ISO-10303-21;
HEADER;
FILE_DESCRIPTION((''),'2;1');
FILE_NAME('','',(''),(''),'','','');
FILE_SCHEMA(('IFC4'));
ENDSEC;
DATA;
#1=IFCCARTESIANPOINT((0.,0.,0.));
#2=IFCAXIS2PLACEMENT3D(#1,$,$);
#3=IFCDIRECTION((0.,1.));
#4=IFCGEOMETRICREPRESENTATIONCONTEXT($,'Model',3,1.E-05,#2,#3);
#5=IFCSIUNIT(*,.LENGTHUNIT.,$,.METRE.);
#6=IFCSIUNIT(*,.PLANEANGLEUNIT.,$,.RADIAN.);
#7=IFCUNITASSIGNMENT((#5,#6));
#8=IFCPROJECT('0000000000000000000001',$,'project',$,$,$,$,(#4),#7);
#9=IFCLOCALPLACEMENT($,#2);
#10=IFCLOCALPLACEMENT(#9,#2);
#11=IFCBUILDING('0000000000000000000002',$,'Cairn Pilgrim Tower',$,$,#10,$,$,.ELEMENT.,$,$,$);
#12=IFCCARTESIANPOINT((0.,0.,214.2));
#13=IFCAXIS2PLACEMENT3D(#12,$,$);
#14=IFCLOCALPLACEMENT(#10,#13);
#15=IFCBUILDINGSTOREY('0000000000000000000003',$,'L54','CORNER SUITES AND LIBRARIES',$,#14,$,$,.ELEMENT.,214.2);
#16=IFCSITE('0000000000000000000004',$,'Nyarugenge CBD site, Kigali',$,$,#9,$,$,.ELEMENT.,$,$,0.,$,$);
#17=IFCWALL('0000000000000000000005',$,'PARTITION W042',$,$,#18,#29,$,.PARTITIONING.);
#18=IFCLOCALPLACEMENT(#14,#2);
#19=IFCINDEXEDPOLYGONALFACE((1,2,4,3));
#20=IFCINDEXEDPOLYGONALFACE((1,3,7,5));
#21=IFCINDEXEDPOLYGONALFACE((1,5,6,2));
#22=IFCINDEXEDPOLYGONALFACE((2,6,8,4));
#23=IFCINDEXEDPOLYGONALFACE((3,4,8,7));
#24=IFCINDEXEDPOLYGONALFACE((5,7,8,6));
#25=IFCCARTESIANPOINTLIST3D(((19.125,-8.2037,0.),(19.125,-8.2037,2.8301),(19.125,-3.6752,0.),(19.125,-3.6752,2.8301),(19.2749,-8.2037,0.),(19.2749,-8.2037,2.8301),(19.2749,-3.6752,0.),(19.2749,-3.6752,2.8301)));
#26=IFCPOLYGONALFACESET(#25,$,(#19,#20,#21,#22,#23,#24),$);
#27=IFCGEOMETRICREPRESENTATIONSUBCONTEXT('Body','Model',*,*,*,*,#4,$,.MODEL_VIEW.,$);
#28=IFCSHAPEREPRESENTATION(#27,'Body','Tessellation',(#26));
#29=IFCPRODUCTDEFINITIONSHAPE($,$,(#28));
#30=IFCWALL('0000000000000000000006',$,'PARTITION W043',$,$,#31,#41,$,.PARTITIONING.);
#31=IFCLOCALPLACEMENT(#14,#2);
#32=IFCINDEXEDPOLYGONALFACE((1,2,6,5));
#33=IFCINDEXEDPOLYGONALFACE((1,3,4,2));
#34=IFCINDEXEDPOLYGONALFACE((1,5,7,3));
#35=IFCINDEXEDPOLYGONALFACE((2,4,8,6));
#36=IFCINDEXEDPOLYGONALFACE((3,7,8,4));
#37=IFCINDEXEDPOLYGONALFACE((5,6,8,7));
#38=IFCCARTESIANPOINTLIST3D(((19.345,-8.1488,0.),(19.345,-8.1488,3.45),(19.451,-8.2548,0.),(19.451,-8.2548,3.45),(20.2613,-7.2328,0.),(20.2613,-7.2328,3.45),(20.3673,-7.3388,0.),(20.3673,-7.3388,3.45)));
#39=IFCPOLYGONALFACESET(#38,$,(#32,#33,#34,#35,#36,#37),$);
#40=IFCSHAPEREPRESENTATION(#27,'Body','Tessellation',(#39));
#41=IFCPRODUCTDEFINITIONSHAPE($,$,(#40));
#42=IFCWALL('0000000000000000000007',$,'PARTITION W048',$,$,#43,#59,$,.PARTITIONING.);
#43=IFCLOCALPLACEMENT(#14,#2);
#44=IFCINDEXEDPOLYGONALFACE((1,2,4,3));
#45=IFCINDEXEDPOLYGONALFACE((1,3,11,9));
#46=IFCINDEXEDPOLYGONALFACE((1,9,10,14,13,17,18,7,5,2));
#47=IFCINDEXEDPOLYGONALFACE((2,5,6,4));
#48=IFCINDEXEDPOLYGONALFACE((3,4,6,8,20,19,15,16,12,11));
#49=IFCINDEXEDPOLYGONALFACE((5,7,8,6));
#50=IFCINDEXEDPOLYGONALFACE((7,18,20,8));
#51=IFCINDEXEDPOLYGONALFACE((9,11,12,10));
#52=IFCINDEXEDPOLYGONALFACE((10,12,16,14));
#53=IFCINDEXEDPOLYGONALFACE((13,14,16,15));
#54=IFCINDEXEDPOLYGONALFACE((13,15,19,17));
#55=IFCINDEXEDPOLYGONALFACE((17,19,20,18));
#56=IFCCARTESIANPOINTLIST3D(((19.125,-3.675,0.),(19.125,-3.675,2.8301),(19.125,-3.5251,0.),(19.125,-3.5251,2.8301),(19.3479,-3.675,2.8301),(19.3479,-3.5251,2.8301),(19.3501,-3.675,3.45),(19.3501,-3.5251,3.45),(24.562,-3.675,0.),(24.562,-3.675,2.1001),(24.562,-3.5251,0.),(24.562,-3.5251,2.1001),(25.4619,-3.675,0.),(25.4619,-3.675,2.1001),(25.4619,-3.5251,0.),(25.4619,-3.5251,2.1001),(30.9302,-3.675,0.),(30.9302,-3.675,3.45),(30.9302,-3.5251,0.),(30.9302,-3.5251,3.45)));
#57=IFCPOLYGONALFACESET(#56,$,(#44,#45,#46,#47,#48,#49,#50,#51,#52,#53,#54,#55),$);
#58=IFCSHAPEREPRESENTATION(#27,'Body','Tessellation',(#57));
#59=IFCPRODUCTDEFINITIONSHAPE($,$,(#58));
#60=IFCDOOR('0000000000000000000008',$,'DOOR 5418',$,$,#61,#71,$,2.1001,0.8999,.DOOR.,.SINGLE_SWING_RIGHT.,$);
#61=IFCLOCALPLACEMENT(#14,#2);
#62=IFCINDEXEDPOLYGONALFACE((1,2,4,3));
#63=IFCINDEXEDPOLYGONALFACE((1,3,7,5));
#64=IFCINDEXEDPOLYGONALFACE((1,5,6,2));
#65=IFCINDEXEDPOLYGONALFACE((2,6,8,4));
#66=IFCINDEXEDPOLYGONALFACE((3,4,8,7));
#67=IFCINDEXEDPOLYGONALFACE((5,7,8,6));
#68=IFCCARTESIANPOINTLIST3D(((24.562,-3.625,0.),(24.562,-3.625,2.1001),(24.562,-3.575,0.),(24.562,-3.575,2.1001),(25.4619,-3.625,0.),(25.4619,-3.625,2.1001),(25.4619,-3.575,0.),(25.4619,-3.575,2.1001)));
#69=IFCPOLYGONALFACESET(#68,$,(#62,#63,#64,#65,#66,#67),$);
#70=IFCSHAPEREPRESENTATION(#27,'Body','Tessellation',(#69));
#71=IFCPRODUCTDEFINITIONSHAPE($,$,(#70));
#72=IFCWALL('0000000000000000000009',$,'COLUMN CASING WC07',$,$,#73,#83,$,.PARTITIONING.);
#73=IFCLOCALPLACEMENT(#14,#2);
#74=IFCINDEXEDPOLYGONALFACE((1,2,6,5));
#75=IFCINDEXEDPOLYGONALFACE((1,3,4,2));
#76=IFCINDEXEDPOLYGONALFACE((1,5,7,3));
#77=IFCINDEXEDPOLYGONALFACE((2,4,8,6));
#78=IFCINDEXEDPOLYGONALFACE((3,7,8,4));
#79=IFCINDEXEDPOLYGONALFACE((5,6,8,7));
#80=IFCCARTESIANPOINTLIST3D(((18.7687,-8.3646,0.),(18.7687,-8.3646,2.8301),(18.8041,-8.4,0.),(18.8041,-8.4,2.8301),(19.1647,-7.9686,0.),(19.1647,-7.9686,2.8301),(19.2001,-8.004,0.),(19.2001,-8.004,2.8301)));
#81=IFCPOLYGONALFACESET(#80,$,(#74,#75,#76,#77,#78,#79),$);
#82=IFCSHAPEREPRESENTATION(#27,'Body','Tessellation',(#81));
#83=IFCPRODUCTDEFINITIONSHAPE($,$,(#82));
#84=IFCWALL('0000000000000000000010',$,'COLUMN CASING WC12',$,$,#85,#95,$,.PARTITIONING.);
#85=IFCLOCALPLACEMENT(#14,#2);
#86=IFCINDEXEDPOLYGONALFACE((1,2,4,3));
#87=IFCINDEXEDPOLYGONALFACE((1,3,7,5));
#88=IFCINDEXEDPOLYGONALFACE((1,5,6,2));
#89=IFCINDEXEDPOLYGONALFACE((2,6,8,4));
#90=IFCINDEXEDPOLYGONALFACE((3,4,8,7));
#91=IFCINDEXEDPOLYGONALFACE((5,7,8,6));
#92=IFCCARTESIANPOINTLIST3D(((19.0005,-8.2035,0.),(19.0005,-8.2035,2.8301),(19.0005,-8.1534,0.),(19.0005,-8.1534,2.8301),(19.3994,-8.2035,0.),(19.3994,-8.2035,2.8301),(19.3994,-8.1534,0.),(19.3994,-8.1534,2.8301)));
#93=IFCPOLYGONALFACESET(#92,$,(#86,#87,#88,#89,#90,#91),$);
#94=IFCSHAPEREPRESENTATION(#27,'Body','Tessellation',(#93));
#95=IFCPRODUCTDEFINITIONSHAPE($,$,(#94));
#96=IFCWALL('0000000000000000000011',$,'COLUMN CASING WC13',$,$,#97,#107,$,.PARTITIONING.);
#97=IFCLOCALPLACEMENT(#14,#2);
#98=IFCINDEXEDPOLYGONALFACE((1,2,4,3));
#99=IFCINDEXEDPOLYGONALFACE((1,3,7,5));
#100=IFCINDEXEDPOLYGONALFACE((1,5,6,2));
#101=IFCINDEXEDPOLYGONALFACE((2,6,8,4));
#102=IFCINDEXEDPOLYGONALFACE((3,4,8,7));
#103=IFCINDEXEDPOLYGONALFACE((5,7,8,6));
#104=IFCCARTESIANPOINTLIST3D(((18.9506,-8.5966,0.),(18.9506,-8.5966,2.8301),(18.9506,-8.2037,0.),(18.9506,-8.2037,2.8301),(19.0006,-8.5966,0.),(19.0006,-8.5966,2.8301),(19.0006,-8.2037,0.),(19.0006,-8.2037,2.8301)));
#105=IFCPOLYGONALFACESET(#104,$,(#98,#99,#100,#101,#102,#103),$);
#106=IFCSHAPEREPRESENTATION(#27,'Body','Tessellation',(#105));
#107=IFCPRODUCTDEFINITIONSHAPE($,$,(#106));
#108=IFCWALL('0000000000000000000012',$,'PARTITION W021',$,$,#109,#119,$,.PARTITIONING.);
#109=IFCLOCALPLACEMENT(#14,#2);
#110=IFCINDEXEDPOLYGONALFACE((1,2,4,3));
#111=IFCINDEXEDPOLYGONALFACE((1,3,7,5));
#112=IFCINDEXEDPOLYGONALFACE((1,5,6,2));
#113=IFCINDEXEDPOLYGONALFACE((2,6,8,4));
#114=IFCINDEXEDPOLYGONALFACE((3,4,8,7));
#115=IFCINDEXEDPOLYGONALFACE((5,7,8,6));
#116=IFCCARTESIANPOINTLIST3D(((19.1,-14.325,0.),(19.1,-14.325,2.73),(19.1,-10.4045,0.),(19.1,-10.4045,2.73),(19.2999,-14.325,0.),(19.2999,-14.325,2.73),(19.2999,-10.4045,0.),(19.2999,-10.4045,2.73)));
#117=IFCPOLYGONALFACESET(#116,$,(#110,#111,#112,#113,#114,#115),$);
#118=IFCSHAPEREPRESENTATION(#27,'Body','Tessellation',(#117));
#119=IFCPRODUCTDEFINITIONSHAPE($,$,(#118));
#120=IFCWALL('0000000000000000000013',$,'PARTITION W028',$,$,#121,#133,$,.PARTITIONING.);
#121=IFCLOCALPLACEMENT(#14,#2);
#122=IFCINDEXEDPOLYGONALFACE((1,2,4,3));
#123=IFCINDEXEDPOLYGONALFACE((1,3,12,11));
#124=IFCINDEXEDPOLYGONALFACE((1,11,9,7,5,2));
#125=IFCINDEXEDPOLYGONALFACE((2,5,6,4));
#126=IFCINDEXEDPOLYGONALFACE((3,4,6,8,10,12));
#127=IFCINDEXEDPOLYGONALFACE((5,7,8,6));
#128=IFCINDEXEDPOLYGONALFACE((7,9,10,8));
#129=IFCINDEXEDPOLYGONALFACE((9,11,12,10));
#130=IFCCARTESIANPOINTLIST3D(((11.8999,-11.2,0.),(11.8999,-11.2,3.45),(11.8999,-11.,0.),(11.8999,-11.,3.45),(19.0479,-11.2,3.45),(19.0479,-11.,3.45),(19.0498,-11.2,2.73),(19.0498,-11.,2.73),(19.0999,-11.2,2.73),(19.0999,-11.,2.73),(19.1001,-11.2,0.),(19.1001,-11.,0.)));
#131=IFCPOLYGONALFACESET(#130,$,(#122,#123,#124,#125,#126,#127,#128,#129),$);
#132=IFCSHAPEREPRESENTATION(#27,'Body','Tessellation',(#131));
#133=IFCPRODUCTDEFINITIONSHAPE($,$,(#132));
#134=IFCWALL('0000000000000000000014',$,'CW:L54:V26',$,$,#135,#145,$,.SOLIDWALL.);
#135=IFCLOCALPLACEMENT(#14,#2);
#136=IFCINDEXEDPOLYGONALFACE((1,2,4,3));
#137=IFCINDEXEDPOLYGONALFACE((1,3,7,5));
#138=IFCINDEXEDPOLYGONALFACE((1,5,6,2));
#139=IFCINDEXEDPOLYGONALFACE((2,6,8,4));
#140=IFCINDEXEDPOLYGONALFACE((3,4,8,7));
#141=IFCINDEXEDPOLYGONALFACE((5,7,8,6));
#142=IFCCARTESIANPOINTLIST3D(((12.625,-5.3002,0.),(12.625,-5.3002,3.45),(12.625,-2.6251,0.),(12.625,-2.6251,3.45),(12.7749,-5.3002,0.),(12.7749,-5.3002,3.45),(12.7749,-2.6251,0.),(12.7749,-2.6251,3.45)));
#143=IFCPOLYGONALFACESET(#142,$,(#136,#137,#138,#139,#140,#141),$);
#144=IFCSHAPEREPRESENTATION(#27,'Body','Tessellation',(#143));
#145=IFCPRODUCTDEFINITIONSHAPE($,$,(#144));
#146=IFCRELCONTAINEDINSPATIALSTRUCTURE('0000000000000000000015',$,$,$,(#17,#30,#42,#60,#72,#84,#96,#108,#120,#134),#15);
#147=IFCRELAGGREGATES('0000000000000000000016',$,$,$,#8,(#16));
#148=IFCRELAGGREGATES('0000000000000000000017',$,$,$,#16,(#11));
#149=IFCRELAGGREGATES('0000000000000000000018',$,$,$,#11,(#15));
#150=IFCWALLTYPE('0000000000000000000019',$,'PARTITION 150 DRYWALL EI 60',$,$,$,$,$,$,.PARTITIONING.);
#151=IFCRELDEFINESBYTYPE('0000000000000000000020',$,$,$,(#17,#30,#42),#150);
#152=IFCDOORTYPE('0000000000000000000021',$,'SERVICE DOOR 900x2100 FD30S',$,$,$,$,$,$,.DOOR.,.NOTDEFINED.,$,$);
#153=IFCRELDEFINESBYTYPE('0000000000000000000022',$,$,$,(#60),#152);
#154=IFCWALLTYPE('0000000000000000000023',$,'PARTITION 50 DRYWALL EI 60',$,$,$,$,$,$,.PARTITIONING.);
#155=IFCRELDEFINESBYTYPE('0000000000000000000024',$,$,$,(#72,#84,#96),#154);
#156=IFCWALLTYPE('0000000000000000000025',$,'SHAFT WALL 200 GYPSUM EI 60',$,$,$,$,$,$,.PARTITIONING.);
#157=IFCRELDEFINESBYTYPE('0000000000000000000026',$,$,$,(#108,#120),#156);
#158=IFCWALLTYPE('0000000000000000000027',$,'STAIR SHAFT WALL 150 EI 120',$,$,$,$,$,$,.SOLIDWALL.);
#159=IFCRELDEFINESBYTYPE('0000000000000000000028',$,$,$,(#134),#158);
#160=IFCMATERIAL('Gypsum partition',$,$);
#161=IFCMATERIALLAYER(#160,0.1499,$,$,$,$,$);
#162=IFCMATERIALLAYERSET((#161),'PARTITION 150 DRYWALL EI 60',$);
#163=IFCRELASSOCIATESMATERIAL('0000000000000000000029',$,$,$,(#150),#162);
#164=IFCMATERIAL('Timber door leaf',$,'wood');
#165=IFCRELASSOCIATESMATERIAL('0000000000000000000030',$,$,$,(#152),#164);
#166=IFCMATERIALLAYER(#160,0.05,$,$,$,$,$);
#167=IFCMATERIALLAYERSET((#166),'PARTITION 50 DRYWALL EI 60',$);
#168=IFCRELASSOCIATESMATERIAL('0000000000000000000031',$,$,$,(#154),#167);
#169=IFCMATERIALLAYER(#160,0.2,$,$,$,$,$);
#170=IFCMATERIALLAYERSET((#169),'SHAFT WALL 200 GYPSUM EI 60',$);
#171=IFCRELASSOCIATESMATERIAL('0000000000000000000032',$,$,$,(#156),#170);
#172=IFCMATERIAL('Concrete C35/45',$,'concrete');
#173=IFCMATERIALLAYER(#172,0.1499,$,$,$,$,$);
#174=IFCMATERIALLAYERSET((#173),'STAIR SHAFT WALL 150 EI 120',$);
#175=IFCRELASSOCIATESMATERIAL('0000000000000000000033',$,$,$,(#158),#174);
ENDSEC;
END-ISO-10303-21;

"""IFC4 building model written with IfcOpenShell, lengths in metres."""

from ifc_helpers import new_model, si_unit, direction, frame, frame_2d, origin, place, context, subcontext, project, spatial, polyline, rectangle, outline, extrude, material, layer, layer_set, type_object, element, fill, save


model = new_model("IFC4")

# Units and contexts
model_context = context("Model", 3, precision=1e-05, world=origin(), true_north=direction((0.0, 1.0)))
body_context = subcontext(model_context, "Body", "Model", "MODEL_VIEW")
ifc_project = project(units=[si_unit("LENGTHUNIT", "METRE"), si_unit("PLANEANGLEUNIT", "RADIAN")], contexts=[model_context])

# Site, building, storey
site_placement = place(None, origin())
site = spatial("IfcSite", under=ifc_project, at=site_placement, Name="Nyarugenge CBD site, Kigali", CompositionType="ELEMENT", RefElevation=0.0)
building_placement = place(site_placement, origin())
building = spatial("IfcBuilding", under=site, at=building_placement, Name="Cairn Pilgrim Tower", CompositionType="ELEMENT")
storey_placement = place(building_placement, frame((0.0, 0.0, 214.2)))
storey = spatial("IfcBuildingStorey", under=building, at=storey_placement, Name="L54", Description="CORNER SUITES AND LIBRARIES", CompositionType="ELEMENT", Elevation=214.2)

# Shared definitions
ifc_material_1 = material(Name="Gypsum partition")
ifc_layer_1 = layer(ifc_material_1, 0.1499)
ifc_layer_set_1 = layer_set([ifc_layer_1], Name="PARTITION 150 DRYWALL EI 60")
wall_type_1 = type_object("IfcWallType", Name="PARTITION 150 DRYWALL EI 60", PredefinedType="PARTITIONING", material=ifc_layer_set_1)

# Shared definitions
ifc_material_2 = material(Name="Timber door leaf", Category="wood")
door_type_1 = type_object("IfcDoorType", Name="SERVICE DOOR 900x2100 FD30S", OperationType="NOTDEFINED", PredefinedType="DOOR", material=ifc_material_2)

# Walls
wall_1_placement = place(storey_placement, frame((19.2, -8.2036, 0.0), z_axis=(0.0, 0.0, 1.0), x_axis=(0.0, 1.0, 0.0)))
element("IfcWall", 1, at=wall_1_placement, inside=storey, type_object=wall_type_1, Name="PARTITION W042", PredefinedType="PARTITIONING", context=body_context, shape_type="SweptSolid", body=[
    extrude(rectangle(XDim=4.5286, YDim=0.1499, at=frame_2d((2.2642, 0.0))), origin(), (0.0, 0.0, 1.0), 2.8301),
])
wall_2_placement = place(storey_placement, frame((19.3979, -8.2019, 0.0), z_axis=(0.0, 0.0, 1.0), x_axis=(0.707201, 0.707013, 0.0)))
element("IfcWall", 2, at=wall_2_placement, inside=storey, type_object=wall_type_1, Name="PARTITION W043", PredefinedType="PARTITIONING", context=body_context, shape_type="SweptSolid", body=[
    extrude(rectangle(XDim=1.2957, YDim=0.1499, at=frame_2d((0.6479, 0.0))), origin(), (0.0, 0.0, 1.0), 3.45),
])

# Wall, opening, door
wall_3_placement = place(storey_placement, frame((19.125, -3.6001, 0.0), z_axis=(0.0, 0.0, 1.0), x_axis=(1.0, 0.0, 0.0)))
wall_3 = element("IfcWall", 3, at=wall_3_placement, inside=storey, type_object=wall_type_1, Name="PARTITION W048", PredefinedType="PARTITIONING", context=body_context, shape_type="SweptSolid", body=[
    extrude(outline(polyline([(0.0, 0.0), (11.8052, 0.0), (11.8052, 3.45), (0.2251, 3.45), (0.2229, 2.8301), (0.0, 2.8301), (0.0, 0.0)])), frame((0.0, 0.075, 0.0), z_axis=(0.0, -1.0, 0.0), x_axis=(1.0, 0.0, 0.0)), (0.0, 0.0, 1.0), 0.1499),
])
opening_1_placement = place(wall_3_placement, frame((5.437, 0.0, 0.0)))
opening_1 = element("IfcOpeningElement", 4, at=opening_1_placement, cuts=wall_3, PredefinedType="OPENING", context=body_context, shape_type="SweptSolid", body=[
    extrude(rectangle(XDim=0.8999, YDim=2.1001, at=frame_2d((0.45, 1.05))), frame((0.0, 0.085, 0.0), z_axis=(0.0, -1.0, 0.0), x_axis=(1.0, 0.0, 0.0)), (0.0, 0.0, 1.0), 0.1699),
])
door_1_placement = place(opening_1_placement, frame((0.8999, 0.0, 0.0), z_axis=(0.0, 0.0, 1.0), x_axis=(-1.0, 0.0, 0.0)))
door_1 = element("IfcDoor", 5, at=door_1_placement, inside=storey, type_object=door_type_1, Name="DOOR 5418", OperationType="SINGLE_SWING_RIGHT", OverallHeight=2.1001, OverallWidth=0.8999, PredefinedType="DOOR", context=body_context, shape_type="SweptSolid", body=[
    extrude(rectangle(XDim=0.8999, YDim=2.1001, at=frame_2d((0.45, 1.05))), frame((0.0, 0.0249, 0.0), z_axis=(0.0, -1.0, 0.0), x_axis=(1.0, 0.0, 0.0)), (0.0, 0.0, 1.0), 0.05),
])
fill(opening_1, door_1)

# Walls
ifc_layer_2 = layer(ifc_material_1, 0.05)
ifc_layer_set_2 = layer_set([ifc_layer_2], Name="PARTITION 50 DRYWALL EI 60")
wall_type_2 = type_object("IfcWallType", Name="PARTITION 50 DRYWALL EI 60", PredefinedType="PARTITIONING", material=ifc_layer_set_2)
wall_4_placement = place(storey_placement, frame((18.7864, -8.3823, 0.0), z_axis=(0.0, 0.0, 1.0), x_axis=(0.707107, 0.707107, 0.0)))
element("IfcWall", 6, at=wall_4_placement, inside=storey, type_object=wall_type_2, Name="COLUMN CASING WC07", PredefinedType="PARTITIONING", context=body_context, shape_type="SweptSolid", body=[
    extrude(rectangle(XDim=0.5601, YDim=0.05, at=frame_2d((0.28, 0.0))), origin(), (0.0, 0.0, 1.0), 2.8301),
])
wall_5_placement = place(storey_placement, frame((19.0005, -8.1785, 0.0), z_axis=(0.0, 0.0, 1.0), x_axis=(1.0, 0.0, 0.0)))
element("IfcWall", 7, at=wall_5_placement, inside=storey, type_object=wall_type_2, Name="COLUMN CASING WC12", PredefinedType="PARTITIONING", context=body_context, shape_type="SweptSolid", body=[
    extrude(rectangle(XDim=0.3989, YDim=0.05, at=frame_2d((0.1995, 0.0))), origin(), (0.0, 0.0, 1.0), 2.8301),
])
wall_6_placement = place(storey_placement, frame((18.9756, -8.5964, 0.0), z_axis=(0.0, 0.0, 1.0), x_axis=(0.0, 1.0, 0.0)))
element("IfcWall", 8, at=wall_6_placement, inside=storey, type_object=wall_type_2, Name="COLUMN CASING WC13", PredefinedType="PARTITIONING", context=body_context, shape_type="SweptSolid", body=[
    extrude(rectangle(XDim=0.3928, YDim=0.05, at=frame_2d((0.1963, 0.0))), origin(), (0.0, 0.0, 1.0), 2.8301),
])
ifc_layer_3 = layer(ifc_material_1, 0.2)
ifc_layer_set_3 = layer_set([ifc_layer_3], Name="SHAFT WALL 200 GYPSUM EI 60")
wall_type_3 = type_object("IfcWallType", Name="SHAFT WALL 200 GYPSUM EI 60", PredefinedType="PARTITIONING", material=ifc_layer_set_3)
wall_7_placement = place(storey_placement, frame((19.2, -14.325, 0.0), z_axis=(0.0, 0.0, 1.0), x_axis=(0.0, 1.0, 0.0)))
element("IfcWall", 9, at=wall_7_placement, inside=storey, type_object=wall_type_3, Name="PARTITION W021", PredefinedType="PARTITIONING", context=body_context, shape_type="SweptSolid", body=[
    extrude(rectangle(XDim=3.9204, YDim=0.2, at=frame_2d((1.9602, 0.0))), origin(), (0.0, 0.0, 1.0), 2.73),
])
wall_8_placement = place(storey_placement, frame((11.8999, -11.1001, 0.0), z_axis=(0.0, 0.0, 1.0), x_axis=(1.0, 0.0, 0.0)))
element("IfcWall", 10, at=wall_8_placement, inside=storey, type_object=wall_type_3, Name="PARTITION W028", PredefinedType="PARTITIONING", context=body_context, shape_type="SweptSolid", body=[
    extrude(outline(polyline([(0.0, 0.0), (7.2002, 0.0), (7.2, 2.73), (7.1499, 2.73), (7.1479, 3.45), (0.0, 3.45), (0.0, 0.0)])), frame((0.0, 0.1001, 0.0), z_axis=(0.0, -1.0, 0.0), x_axis=(1.0, 0.0, 0.0)), (0.0, 0.0, 1.0), 0.2),
])
ifc_material_3 = material(Name="Concrete C35/45", Category="concrete")
ifc_layer_4 = layer(ifc_material_3, 0.1499)
ifc_layer_set_4 = layer_set([ifc_layer_4], Name="STAIR SHAFT WALL 150 EI 120")
wall_type_4 = type_object("IfcWallType", Name="STAIR SHAFT WALL 150 EI 120", PredefinedType="SOLIDWALL", material=ifc_layer_set_4)
wall_9_placement = place(storey_placement, frame((12.7, -5.3, 0.0), z_axis=(0.0, 0.0, 1.0), x_axis=(0.0, 1.0, 0.0)))
element("IfcWall", 11, at=wall_9_placement, inside=storey, type_object=wall_type_4, Name="CW:L54:V26", PredefinedType="SOLIDWALL", context=body_context, shape_type="SweptSolid", body=[
    extrude(rectangle(XDim=2.675, YDim=0.1499, at=frame_2d((1.3374, 0.0))), origin(), (0.0, 0.0, 1.0), 3.45),
])

save(model, "model.ifc")
